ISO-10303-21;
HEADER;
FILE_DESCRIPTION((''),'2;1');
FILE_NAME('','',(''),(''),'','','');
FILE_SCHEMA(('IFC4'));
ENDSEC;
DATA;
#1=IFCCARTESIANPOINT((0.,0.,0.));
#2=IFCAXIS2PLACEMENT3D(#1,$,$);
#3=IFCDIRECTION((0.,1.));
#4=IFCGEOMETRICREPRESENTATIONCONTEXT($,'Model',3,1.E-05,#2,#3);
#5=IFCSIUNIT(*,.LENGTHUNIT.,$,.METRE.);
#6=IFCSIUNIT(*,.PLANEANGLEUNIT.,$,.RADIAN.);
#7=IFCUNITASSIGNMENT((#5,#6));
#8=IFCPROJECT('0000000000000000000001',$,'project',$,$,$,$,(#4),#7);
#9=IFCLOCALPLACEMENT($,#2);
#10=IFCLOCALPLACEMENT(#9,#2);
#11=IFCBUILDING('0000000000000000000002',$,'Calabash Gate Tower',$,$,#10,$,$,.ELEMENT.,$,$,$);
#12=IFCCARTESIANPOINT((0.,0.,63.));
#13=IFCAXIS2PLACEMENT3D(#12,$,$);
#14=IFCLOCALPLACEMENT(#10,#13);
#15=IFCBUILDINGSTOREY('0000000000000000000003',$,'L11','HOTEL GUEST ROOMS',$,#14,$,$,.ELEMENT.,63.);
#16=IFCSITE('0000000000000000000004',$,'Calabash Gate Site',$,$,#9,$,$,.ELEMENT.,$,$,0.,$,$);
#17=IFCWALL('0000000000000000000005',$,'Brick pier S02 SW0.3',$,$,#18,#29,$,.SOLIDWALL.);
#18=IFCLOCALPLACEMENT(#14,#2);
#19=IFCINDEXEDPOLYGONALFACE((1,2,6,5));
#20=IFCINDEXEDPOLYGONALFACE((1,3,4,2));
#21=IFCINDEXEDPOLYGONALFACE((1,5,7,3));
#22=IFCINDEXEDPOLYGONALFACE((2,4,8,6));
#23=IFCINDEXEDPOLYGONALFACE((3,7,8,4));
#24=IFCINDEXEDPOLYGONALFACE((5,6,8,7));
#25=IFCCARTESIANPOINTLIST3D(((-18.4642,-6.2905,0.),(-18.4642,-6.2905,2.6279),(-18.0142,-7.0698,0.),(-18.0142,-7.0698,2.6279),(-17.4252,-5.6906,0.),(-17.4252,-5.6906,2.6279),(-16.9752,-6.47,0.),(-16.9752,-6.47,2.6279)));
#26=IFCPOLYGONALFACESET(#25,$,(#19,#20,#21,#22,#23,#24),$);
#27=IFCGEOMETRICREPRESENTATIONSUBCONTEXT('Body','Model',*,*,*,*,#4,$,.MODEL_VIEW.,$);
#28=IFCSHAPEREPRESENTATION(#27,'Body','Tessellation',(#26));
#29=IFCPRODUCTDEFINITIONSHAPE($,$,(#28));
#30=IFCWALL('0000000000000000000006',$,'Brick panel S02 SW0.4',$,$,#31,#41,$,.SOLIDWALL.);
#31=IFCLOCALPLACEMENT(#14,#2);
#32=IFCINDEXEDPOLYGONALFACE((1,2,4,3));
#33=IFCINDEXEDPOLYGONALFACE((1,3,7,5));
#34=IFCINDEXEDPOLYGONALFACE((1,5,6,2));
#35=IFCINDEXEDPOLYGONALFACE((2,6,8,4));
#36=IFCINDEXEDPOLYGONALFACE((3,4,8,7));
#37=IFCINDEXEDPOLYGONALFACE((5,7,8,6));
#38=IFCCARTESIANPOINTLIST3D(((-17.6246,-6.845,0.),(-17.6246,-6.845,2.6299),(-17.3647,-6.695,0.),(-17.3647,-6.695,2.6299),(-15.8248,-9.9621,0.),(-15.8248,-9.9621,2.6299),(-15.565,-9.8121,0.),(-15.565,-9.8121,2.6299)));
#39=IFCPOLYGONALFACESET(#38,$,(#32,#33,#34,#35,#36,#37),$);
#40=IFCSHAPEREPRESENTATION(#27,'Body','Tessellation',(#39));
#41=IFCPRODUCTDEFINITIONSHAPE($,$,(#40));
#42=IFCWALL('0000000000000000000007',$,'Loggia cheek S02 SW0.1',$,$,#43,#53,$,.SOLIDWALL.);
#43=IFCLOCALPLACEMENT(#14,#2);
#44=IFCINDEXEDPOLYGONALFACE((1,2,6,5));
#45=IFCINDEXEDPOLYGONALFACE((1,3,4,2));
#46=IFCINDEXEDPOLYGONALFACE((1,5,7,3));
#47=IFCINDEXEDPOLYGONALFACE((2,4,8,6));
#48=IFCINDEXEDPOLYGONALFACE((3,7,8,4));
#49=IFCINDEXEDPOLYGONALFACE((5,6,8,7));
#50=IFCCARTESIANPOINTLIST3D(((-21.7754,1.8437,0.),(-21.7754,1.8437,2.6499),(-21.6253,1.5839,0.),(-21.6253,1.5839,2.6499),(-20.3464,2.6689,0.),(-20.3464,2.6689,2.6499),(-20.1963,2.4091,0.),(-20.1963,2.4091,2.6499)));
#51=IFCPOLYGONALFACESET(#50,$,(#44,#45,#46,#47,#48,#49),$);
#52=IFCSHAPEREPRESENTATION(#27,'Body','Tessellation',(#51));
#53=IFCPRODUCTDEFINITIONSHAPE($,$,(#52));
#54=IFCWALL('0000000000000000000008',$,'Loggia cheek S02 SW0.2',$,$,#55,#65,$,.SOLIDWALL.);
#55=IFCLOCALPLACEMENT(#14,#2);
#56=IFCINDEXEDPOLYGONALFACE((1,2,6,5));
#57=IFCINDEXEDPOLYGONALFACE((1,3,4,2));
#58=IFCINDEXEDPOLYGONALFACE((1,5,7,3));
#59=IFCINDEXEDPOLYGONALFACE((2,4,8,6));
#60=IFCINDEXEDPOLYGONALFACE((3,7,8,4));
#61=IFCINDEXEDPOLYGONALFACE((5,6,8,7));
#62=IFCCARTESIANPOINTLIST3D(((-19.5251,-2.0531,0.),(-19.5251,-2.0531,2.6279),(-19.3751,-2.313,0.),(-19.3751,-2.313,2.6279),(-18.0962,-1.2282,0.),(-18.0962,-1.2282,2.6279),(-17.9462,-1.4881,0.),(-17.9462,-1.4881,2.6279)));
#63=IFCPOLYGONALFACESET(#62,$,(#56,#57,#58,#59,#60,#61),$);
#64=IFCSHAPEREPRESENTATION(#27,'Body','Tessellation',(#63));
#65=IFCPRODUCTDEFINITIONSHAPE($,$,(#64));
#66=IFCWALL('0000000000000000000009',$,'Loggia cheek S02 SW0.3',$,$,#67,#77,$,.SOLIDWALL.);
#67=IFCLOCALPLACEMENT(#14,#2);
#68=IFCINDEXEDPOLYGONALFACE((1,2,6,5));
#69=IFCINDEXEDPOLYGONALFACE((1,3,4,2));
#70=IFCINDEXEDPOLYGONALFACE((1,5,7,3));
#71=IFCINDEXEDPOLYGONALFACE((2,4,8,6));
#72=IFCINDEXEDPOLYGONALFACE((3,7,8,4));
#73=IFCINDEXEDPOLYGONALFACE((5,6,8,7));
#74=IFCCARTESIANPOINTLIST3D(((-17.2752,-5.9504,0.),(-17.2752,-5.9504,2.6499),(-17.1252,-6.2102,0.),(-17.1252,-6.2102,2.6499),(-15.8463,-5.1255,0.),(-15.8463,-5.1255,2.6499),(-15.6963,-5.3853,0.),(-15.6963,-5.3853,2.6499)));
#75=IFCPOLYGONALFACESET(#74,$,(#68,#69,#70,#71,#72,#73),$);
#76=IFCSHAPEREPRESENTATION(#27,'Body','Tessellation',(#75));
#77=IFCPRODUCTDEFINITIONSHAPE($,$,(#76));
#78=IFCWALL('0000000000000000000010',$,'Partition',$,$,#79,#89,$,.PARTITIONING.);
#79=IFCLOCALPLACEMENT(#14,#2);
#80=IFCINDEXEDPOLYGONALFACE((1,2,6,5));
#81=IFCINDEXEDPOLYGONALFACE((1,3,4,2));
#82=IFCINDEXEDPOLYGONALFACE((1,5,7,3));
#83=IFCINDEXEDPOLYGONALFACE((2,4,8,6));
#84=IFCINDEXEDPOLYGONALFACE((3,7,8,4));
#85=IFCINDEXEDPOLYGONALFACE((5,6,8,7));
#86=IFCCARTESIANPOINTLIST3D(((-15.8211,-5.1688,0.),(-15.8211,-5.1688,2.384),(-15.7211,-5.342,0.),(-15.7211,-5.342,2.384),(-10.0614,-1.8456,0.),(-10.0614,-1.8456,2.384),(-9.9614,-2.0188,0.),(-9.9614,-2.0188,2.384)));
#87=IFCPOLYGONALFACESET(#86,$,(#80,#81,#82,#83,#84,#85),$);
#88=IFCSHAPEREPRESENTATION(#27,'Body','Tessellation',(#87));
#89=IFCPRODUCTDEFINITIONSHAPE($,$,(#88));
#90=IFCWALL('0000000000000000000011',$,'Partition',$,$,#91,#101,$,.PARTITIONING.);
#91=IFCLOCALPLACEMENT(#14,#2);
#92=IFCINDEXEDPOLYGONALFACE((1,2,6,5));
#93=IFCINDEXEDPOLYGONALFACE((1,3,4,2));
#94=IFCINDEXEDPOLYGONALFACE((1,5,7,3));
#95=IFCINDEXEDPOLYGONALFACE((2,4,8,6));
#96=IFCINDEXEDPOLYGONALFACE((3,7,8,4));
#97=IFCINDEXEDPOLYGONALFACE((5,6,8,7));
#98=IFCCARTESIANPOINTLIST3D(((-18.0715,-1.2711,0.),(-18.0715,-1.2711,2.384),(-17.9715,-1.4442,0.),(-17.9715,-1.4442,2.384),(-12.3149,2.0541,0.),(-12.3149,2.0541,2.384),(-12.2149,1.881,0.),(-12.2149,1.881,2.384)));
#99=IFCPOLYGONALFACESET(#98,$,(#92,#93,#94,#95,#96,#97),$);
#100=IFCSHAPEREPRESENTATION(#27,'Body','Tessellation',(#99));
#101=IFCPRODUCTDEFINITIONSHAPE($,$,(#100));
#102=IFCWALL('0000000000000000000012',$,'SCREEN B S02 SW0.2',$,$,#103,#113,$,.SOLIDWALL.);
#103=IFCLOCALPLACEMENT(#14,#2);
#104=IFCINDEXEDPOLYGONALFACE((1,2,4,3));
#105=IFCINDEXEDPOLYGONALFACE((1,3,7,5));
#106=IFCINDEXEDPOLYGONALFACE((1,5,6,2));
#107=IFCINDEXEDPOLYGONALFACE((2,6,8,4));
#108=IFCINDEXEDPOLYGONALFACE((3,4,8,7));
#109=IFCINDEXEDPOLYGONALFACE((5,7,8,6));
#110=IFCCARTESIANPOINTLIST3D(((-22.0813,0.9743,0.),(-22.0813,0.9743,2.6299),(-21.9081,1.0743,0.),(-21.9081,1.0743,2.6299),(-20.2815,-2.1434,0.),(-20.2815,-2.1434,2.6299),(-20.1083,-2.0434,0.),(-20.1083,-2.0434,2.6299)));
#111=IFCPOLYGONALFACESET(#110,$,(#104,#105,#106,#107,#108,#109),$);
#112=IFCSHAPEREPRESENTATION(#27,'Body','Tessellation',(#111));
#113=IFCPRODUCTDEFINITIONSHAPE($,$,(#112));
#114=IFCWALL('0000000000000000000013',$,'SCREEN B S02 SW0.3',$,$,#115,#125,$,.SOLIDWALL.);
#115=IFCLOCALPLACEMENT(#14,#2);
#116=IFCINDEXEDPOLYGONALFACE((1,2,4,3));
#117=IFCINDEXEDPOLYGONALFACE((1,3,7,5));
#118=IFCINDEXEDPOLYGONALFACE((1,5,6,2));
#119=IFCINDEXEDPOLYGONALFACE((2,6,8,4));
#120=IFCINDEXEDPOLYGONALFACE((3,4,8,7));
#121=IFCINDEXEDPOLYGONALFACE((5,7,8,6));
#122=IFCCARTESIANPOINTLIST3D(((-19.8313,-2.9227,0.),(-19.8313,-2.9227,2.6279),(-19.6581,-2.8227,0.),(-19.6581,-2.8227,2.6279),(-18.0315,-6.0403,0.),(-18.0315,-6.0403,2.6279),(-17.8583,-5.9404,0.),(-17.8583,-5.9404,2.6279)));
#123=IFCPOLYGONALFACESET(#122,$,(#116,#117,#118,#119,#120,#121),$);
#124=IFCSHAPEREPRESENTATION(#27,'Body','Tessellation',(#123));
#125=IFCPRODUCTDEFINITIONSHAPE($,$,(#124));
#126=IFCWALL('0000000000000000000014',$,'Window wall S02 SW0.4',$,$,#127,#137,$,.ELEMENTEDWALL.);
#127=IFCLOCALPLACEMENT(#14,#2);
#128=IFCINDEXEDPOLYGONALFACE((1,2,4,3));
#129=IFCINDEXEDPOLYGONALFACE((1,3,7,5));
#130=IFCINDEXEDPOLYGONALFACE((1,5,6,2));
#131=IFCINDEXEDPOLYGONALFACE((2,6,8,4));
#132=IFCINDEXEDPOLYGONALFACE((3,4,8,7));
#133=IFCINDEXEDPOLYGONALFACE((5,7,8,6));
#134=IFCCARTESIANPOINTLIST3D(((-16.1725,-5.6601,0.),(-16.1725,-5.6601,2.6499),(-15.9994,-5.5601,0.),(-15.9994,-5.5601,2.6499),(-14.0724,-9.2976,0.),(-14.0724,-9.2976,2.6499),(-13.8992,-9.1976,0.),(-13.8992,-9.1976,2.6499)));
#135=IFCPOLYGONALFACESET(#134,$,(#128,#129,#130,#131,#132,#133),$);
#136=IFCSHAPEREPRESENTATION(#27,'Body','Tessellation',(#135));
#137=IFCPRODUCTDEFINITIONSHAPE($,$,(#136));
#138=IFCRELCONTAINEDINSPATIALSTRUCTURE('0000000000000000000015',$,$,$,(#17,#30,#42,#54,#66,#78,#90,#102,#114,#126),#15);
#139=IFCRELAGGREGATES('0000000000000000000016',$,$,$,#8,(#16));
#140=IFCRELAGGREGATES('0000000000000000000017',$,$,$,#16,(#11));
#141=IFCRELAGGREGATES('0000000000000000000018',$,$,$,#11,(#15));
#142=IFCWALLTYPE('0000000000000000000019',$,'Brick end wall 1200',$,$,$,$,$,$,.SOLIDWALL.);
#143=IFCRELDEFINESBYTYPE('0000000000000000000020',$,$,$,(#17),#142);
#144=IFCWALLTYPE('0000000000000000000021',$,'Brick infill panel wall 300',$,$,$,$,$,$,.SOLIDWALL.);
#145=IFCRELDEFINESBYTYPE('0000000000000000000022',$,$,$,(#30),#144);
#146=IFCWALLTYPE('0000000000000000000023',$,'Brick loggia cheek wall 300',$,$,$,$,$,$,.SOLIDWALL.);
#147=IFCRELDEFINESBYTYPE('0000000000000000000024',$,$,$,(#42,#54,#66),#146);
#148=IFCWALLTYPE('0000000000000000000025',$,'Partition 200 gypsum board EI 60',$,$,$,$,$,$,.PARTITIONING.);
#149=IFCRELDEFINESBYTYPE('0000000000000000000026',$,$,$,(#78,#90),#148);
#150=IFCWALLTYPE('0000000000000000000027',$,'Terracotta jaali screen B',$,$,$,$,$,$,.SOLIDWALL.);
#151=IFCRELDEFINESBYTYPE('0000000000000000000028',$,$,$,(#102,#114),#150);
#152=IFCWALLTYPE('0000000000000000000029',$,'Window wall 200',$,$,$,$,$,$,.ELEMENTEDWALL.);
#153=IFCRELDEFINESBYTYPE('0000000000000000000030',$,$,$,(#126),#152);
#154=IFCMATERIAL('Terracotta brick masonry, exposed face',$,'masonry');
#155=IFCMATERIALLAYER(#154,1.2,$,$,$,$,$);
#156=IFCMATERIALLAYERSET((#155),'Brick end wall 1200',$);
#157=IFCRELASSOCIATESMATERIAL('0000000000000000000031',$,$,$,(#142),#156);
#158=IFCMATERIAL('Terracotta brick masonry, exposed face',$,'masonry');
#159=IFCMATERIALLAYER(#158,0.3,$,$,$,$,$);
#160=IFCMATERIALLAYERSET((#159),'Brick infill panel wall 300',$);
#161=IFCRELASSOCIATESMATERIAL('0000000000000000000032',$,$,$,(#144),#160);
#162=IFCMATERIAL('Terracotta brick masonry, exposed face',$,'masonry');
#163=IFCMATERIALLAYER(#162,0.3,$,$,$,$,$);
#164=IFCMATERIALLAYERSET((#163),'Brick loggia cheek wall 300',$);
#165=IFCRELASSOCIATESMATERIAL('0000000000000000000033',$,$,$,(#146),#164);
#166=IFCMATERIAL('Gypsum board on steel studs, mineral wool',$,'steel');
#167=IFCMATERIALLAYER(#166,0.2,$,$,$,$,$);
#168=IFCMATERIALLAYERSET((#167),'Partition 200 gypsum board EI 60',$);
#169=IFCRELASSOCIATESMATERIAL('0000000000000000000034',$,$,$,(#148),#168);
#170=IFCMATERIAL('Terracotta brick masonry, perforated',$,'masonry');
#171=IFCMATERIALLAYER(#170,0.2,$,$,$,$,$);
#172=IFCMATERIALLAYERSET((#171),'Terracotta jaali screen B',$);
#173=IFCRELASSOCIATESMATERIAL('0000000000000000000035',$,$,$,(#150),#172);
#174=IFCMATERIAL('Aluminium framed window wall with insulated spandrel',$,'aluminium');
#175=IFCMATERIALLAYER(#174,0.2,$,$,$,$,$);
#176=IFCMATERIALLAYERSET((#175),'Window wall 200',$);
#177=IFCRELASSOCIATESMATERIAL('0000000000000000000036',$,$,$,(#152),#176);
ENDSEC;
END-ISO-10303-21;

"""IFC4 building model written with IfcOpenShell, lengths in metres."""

from ifc_helpers import new_model, si_unit, direction, frame, frame_2d, origin, place, context, subcontext, project, spatial, rectangle, extrude, material, layer, layer_set, type_object, element, save


model = new_model("IFC4")

# Units and contexts
model_context = context("Model", 3, precision=1e-05, world=origin(), true_north=direction((0.0, 1.0)))
body_context = subcontext(model_context, "Body", "Model", "MODEL_VIEW")
ifc_project = project(units=[si_unit("LENGTHUNIT", "METRE"), si_unit("PLANEANGLEUNIT", "RADIAN")], contexts=[model_context])

# Site, building, storey
site_placement = place(None, origin())
site = spatial("IfcSite", under=ifc_project, at=site_placement, Name="Calabash Gate Site", CompositionType="ELEMENT", RefElevation=0.0)
building_placement = place(site_placement, origin())
building = spatial("IfcBuilding", under=site, at=building_placement, Name="Calabash Gate Tower", CompositionType="ELEMENT")
storey_placement = place(building_placement, frame((0.0, 0.0, 63.0)))
storey = spatial("IfcBuildingStorey", under=building, at=storey_placement, Name="L11", Description="HOTEL GUEST ROOMS", CompositionType="ELEMENT", Elevation=63.0)

# Walls
ifc_material_1 = material(Name="Terracotta brick masonry, exposed face", Category="masonry")
ifc_layer_1 = layer(ifc_material_1, 1.2)
ifc_layer_set_1 = layer_set([ifc_layer_1], Name="Brick end wall 1200")
wall_type_1 = type_object("IfcWallType", Name="Brick end wall 1200", PredefinedType="SOLIDWALL", material=ifc_layer_set_1)
wall_1_placement = place(storey_placement, frame((-17.2002, -6.0803, 0.0), z_axis=(0.0, 0.0, 1.0), x_axis=(-0.866043, -0.499969, 0.0)))
element("IfcWall", 1, at=wall_1_placement, inside=storey, type_object=wall_type_1, Name="Brick pier S02 SW0.3", PredefinedType="SOLIDWALL", context=body_context, shape_type="SweptSolid", body=[
    extrude(rectangle(XDim=1.1997, YDim=0.8999, at=frame_2d((0.5999, 0.0))), origin(), (0.0, 0.0, 1.0), 2.6279),
])
ifc_material_2 = material(Name="Terracotta brick masonry, exposed face", Category="masonry")
ifc_layer_2 = layer(ifc_material_2, 0.3)
ifc_layer_set_2 = layer_set([ifc_layer_2], Name="Brick infill panel wall 300")
wall_type_2 = type_object("IfcWallType", Name="Brick infill panel wall 300", PredefinedType="SOLIDWALL", material=ifc_layer_set_2)
wall_2_placement = place(storey_placement, frame((-15.6948, -9.8872, 0.0), z_axis=(0.0, 0.0, 1.0), x_axis=(-0.50002, 0.866014, 0.0)))
element("IfcWall", 2, at=wall_2_placement, inside=storey, type_object=wall_type_2, Name="Brick panel S02 SW0.4", PredefinedType="SOLIDWALL", context=body_context, shape_type="SweptSolid", body=[
    extrude(rectangle(XDim=3.5994, YDim=0.3, at=frame_2d((1.7998, 0.0))), origin(), (0.0, 0.0, 1.0), 2.6299),
])
ifc_material_3 = material(Name="Terracotta brick masonry, exposed face", Category="masonry")
ifc_layer_3 = layer(ifc_material_3, 0.3)
ifc_layer_set_3 = layer_set([ifc_layer_3], Name="Brick loggia cheek wall 300")
wall_type_3 = type_object("IfcWallType", Name="Brick loggia cheek wall 300", PredefinedType="SOLIDWALL", material=ifc_layer_set_3)
wall_3_placement = place(storey_placement, frame((-20.2712, 2.5391, 0.0), z_axis=(0.0, 0.0, 1.0), x_axis=(-0.865976, -0.500085, 0.0)))
element("IfcWall", 3, at=wall_3_placement, inside=storey, type_object=wall_type_3, Name="Loggia cheek S02 SW0.1", PredefinedType="SOLIDWALL", context=body_context, shape_type="SweptSolid", body=[
    extrude(rectangle(XDim=1.6501, YDim=0.3, at=frame_2d((0.8252, 0.0))), origin(), (0.0, 0.0, 1.0), 2.6499),
])
wall_4_placement = place(storey_placement, frame((-18.0212, -1.3582, 0.0), z_axis=(0.0, 0.0, 1.0), x_axis=(-0.86604, -0.499974, 0.0)))
element("IfcWall", 4, at=wall_4_placement, inside=storey, type_object=wall_type_3, Name="Loggia cheek S02 SW0.2", PredefinedType="SOLIDWALL", context=body_context, shape_type="SweptSolid", body=[
    extrude(rectangle(XDim=1.6499, YDim=0.3, at=frame_2d((0.825, 0.0))), origin(), (0.0, 0.0, 1.0), 2.6279),
])
wall_5_placement = place(storey_placement, frame((-17.2002, -6.0803, 0.0), z_axis=(0.0, 0.0, 1.0), x_axis=(0.86604, 0.499974, 0.0)))
element("IfcWall", 5, at=wall_5_placement, inside=storey, type_object=wall_type_3, Name="Loggia cheek S02 SW0.3", PredefinedType="SOLIDWALL", context=body_context, shape_type="SweptSolid", body=[
    extrude(rectangle(XDim=1.6499, YDim=0.3, at=frame_2d((0.825, 0.0))), origin(), (0.0, 0.0, 1.0), 2.6499),
])
ifc_material_4 = material(Name="Gypsum board on steel studs, mineral wool", Category="steel")
ifc_layer_4 = layer(ifc_material_4, 0.2)
ifc_layer_set_4 = layer_set([ifc_layer_4], Name="Partition 200 gypsum board EI 60")
wall_type_4 = type_object("IfcWallType", Name="Partition 200 gypsum board EI 60", PredefinedType="PARTITIONING", material=ifc_layer_set_4)
wall_6_placement = place(storey_placement, frame((-15.771, -5.2554, 0.0), z_axis=(0.0, 0.0, 1.0), x_axis=(0.866166, 0.499756, 0.0)))
element("IfcWall", 6, at=wall_6_placement, inside=storey, type_object=wall_type_4, Name="Partition", PredefinedType="PARTITIONING", context=body_context, shape_type="SweptSolid", body=[
    extrude(rectangle(XDim=6.6497, YDim=0.2, at=frame_2d((3.3247, 0.0))), origin(), (0.0, 0.0, 1.0), 2.384),
])
wall_7_placement = place(storey_placement, frame((-18.0215, -1.3577, 0.0), z_axis=(0.0, 0.0, 1.0), x_axis=(0.86592, 0.500183, 0.0)))
element("IfcWall", 7, at=wall_7_placement, inside=storey, type_object=wall_type_4, Name="Partition", PredefinedType="PARTITIONING", context=body_context, shape_type="SweptSolid", body=[
    extrude(rectangle(XDim=6.6479, YDim=0.2, at=frame_2d((3.324, 0.0))), origin(), (0.0, 0.0, 1.0), 2.384),
])
ifc_material_5 = material(Name="Terracotta brick masonry, perforated", Category="masonry")
ifc_layer_5 = layer(ifc_material_5, 0.2)
ifc_layer_set_5 = layer_set([ifc_layer_5], Name="Terracotta jaali screen B")
wall_type_5 = type_object("IfcWallType", Name="Terracotta jaali screen B", PredefinedType="SOLIDWALL", material=ifc_layer_set_5)
wall_8_placement = place(storey_placement, frame((-21.9946, 1.0242, 0.0), z_axis=(0.0, 0.0, 1.0), x_axis=(0.499961, -0.866048, 0.0)))
element("IfcWall", 8, at=wall_8_placement, inside=storey, type_object=wall_type_5, Name="SCREEN B S02 SW0.2", PredefinedType="SOLIDWALL", context=body_context, shape_type="SweptSolid", body=[
    extrude(rectangle(XDim=3.5999, YDim=0.2, at=frame_2d((1.7998, 0.0))), origin(), (0.0, 0.0, 1.0), 2.6299),
])
wall_9_placement = place(storey_placement, frame((-19.7446, -2.8728, 0.0), z_axis=(0.0, 0.0, 1.0), x_axis=(0.499961, -0.866048, 0.0)))
element("IfcWall", 9, at=wall_9_placement, inside=storey, type_object=wall_type_5, Name="SCREEN B S02 SW0.3", PredefinedType="SOLIDWALL", context=body_context, shape_type="SweptSolid", body=[
    extrude(rectangle(XDim=3.5999, YDim=0.2, at=frame_2d((1.7998, 0.0))), origin(), (0.0, 0.0, 1.0), 2.6279),
])

# Shared definitions
ifc_material_6 = material(Name="Aluminium framed window wall with insulated spandrel", Category="aluminium")
ifc_layer_6 = layer(ifc_material_6, 0.2)
ifc_layer_set_6 = layer_set([ifc_layer_6], Name="Window wall 200")
wall_type_6 = type_object("IfcWallType", Name="Window wall 200", PredefinedType="ELEMENTEDWALL", material=ifc_layer_set_6)

# Wall
wall_10_placement = place(storey_placement, frame((-16.0859, -5.6101, 0.0), z_axis=(0.0, 0.0, 1.0), x_axis=(0.500003, -0.866024, 0.0)))
element("IfcWall", 10, at=wall_10_placement, inside=storey, type_object=wall_type_6, Name="Window wall S02 SW0.4", PredefinedType="ELEMENTEDWALL", context=body_context, shape_type="SweptSolid", body=[
    extrude(rectangle(XDim=4.2002, YDim=0.2, at=frame_2d((2.1001, 0.0))), origin(), (0.0, 0.0, 1.0), 2.6499),
])

save(model, "model.ifc")
